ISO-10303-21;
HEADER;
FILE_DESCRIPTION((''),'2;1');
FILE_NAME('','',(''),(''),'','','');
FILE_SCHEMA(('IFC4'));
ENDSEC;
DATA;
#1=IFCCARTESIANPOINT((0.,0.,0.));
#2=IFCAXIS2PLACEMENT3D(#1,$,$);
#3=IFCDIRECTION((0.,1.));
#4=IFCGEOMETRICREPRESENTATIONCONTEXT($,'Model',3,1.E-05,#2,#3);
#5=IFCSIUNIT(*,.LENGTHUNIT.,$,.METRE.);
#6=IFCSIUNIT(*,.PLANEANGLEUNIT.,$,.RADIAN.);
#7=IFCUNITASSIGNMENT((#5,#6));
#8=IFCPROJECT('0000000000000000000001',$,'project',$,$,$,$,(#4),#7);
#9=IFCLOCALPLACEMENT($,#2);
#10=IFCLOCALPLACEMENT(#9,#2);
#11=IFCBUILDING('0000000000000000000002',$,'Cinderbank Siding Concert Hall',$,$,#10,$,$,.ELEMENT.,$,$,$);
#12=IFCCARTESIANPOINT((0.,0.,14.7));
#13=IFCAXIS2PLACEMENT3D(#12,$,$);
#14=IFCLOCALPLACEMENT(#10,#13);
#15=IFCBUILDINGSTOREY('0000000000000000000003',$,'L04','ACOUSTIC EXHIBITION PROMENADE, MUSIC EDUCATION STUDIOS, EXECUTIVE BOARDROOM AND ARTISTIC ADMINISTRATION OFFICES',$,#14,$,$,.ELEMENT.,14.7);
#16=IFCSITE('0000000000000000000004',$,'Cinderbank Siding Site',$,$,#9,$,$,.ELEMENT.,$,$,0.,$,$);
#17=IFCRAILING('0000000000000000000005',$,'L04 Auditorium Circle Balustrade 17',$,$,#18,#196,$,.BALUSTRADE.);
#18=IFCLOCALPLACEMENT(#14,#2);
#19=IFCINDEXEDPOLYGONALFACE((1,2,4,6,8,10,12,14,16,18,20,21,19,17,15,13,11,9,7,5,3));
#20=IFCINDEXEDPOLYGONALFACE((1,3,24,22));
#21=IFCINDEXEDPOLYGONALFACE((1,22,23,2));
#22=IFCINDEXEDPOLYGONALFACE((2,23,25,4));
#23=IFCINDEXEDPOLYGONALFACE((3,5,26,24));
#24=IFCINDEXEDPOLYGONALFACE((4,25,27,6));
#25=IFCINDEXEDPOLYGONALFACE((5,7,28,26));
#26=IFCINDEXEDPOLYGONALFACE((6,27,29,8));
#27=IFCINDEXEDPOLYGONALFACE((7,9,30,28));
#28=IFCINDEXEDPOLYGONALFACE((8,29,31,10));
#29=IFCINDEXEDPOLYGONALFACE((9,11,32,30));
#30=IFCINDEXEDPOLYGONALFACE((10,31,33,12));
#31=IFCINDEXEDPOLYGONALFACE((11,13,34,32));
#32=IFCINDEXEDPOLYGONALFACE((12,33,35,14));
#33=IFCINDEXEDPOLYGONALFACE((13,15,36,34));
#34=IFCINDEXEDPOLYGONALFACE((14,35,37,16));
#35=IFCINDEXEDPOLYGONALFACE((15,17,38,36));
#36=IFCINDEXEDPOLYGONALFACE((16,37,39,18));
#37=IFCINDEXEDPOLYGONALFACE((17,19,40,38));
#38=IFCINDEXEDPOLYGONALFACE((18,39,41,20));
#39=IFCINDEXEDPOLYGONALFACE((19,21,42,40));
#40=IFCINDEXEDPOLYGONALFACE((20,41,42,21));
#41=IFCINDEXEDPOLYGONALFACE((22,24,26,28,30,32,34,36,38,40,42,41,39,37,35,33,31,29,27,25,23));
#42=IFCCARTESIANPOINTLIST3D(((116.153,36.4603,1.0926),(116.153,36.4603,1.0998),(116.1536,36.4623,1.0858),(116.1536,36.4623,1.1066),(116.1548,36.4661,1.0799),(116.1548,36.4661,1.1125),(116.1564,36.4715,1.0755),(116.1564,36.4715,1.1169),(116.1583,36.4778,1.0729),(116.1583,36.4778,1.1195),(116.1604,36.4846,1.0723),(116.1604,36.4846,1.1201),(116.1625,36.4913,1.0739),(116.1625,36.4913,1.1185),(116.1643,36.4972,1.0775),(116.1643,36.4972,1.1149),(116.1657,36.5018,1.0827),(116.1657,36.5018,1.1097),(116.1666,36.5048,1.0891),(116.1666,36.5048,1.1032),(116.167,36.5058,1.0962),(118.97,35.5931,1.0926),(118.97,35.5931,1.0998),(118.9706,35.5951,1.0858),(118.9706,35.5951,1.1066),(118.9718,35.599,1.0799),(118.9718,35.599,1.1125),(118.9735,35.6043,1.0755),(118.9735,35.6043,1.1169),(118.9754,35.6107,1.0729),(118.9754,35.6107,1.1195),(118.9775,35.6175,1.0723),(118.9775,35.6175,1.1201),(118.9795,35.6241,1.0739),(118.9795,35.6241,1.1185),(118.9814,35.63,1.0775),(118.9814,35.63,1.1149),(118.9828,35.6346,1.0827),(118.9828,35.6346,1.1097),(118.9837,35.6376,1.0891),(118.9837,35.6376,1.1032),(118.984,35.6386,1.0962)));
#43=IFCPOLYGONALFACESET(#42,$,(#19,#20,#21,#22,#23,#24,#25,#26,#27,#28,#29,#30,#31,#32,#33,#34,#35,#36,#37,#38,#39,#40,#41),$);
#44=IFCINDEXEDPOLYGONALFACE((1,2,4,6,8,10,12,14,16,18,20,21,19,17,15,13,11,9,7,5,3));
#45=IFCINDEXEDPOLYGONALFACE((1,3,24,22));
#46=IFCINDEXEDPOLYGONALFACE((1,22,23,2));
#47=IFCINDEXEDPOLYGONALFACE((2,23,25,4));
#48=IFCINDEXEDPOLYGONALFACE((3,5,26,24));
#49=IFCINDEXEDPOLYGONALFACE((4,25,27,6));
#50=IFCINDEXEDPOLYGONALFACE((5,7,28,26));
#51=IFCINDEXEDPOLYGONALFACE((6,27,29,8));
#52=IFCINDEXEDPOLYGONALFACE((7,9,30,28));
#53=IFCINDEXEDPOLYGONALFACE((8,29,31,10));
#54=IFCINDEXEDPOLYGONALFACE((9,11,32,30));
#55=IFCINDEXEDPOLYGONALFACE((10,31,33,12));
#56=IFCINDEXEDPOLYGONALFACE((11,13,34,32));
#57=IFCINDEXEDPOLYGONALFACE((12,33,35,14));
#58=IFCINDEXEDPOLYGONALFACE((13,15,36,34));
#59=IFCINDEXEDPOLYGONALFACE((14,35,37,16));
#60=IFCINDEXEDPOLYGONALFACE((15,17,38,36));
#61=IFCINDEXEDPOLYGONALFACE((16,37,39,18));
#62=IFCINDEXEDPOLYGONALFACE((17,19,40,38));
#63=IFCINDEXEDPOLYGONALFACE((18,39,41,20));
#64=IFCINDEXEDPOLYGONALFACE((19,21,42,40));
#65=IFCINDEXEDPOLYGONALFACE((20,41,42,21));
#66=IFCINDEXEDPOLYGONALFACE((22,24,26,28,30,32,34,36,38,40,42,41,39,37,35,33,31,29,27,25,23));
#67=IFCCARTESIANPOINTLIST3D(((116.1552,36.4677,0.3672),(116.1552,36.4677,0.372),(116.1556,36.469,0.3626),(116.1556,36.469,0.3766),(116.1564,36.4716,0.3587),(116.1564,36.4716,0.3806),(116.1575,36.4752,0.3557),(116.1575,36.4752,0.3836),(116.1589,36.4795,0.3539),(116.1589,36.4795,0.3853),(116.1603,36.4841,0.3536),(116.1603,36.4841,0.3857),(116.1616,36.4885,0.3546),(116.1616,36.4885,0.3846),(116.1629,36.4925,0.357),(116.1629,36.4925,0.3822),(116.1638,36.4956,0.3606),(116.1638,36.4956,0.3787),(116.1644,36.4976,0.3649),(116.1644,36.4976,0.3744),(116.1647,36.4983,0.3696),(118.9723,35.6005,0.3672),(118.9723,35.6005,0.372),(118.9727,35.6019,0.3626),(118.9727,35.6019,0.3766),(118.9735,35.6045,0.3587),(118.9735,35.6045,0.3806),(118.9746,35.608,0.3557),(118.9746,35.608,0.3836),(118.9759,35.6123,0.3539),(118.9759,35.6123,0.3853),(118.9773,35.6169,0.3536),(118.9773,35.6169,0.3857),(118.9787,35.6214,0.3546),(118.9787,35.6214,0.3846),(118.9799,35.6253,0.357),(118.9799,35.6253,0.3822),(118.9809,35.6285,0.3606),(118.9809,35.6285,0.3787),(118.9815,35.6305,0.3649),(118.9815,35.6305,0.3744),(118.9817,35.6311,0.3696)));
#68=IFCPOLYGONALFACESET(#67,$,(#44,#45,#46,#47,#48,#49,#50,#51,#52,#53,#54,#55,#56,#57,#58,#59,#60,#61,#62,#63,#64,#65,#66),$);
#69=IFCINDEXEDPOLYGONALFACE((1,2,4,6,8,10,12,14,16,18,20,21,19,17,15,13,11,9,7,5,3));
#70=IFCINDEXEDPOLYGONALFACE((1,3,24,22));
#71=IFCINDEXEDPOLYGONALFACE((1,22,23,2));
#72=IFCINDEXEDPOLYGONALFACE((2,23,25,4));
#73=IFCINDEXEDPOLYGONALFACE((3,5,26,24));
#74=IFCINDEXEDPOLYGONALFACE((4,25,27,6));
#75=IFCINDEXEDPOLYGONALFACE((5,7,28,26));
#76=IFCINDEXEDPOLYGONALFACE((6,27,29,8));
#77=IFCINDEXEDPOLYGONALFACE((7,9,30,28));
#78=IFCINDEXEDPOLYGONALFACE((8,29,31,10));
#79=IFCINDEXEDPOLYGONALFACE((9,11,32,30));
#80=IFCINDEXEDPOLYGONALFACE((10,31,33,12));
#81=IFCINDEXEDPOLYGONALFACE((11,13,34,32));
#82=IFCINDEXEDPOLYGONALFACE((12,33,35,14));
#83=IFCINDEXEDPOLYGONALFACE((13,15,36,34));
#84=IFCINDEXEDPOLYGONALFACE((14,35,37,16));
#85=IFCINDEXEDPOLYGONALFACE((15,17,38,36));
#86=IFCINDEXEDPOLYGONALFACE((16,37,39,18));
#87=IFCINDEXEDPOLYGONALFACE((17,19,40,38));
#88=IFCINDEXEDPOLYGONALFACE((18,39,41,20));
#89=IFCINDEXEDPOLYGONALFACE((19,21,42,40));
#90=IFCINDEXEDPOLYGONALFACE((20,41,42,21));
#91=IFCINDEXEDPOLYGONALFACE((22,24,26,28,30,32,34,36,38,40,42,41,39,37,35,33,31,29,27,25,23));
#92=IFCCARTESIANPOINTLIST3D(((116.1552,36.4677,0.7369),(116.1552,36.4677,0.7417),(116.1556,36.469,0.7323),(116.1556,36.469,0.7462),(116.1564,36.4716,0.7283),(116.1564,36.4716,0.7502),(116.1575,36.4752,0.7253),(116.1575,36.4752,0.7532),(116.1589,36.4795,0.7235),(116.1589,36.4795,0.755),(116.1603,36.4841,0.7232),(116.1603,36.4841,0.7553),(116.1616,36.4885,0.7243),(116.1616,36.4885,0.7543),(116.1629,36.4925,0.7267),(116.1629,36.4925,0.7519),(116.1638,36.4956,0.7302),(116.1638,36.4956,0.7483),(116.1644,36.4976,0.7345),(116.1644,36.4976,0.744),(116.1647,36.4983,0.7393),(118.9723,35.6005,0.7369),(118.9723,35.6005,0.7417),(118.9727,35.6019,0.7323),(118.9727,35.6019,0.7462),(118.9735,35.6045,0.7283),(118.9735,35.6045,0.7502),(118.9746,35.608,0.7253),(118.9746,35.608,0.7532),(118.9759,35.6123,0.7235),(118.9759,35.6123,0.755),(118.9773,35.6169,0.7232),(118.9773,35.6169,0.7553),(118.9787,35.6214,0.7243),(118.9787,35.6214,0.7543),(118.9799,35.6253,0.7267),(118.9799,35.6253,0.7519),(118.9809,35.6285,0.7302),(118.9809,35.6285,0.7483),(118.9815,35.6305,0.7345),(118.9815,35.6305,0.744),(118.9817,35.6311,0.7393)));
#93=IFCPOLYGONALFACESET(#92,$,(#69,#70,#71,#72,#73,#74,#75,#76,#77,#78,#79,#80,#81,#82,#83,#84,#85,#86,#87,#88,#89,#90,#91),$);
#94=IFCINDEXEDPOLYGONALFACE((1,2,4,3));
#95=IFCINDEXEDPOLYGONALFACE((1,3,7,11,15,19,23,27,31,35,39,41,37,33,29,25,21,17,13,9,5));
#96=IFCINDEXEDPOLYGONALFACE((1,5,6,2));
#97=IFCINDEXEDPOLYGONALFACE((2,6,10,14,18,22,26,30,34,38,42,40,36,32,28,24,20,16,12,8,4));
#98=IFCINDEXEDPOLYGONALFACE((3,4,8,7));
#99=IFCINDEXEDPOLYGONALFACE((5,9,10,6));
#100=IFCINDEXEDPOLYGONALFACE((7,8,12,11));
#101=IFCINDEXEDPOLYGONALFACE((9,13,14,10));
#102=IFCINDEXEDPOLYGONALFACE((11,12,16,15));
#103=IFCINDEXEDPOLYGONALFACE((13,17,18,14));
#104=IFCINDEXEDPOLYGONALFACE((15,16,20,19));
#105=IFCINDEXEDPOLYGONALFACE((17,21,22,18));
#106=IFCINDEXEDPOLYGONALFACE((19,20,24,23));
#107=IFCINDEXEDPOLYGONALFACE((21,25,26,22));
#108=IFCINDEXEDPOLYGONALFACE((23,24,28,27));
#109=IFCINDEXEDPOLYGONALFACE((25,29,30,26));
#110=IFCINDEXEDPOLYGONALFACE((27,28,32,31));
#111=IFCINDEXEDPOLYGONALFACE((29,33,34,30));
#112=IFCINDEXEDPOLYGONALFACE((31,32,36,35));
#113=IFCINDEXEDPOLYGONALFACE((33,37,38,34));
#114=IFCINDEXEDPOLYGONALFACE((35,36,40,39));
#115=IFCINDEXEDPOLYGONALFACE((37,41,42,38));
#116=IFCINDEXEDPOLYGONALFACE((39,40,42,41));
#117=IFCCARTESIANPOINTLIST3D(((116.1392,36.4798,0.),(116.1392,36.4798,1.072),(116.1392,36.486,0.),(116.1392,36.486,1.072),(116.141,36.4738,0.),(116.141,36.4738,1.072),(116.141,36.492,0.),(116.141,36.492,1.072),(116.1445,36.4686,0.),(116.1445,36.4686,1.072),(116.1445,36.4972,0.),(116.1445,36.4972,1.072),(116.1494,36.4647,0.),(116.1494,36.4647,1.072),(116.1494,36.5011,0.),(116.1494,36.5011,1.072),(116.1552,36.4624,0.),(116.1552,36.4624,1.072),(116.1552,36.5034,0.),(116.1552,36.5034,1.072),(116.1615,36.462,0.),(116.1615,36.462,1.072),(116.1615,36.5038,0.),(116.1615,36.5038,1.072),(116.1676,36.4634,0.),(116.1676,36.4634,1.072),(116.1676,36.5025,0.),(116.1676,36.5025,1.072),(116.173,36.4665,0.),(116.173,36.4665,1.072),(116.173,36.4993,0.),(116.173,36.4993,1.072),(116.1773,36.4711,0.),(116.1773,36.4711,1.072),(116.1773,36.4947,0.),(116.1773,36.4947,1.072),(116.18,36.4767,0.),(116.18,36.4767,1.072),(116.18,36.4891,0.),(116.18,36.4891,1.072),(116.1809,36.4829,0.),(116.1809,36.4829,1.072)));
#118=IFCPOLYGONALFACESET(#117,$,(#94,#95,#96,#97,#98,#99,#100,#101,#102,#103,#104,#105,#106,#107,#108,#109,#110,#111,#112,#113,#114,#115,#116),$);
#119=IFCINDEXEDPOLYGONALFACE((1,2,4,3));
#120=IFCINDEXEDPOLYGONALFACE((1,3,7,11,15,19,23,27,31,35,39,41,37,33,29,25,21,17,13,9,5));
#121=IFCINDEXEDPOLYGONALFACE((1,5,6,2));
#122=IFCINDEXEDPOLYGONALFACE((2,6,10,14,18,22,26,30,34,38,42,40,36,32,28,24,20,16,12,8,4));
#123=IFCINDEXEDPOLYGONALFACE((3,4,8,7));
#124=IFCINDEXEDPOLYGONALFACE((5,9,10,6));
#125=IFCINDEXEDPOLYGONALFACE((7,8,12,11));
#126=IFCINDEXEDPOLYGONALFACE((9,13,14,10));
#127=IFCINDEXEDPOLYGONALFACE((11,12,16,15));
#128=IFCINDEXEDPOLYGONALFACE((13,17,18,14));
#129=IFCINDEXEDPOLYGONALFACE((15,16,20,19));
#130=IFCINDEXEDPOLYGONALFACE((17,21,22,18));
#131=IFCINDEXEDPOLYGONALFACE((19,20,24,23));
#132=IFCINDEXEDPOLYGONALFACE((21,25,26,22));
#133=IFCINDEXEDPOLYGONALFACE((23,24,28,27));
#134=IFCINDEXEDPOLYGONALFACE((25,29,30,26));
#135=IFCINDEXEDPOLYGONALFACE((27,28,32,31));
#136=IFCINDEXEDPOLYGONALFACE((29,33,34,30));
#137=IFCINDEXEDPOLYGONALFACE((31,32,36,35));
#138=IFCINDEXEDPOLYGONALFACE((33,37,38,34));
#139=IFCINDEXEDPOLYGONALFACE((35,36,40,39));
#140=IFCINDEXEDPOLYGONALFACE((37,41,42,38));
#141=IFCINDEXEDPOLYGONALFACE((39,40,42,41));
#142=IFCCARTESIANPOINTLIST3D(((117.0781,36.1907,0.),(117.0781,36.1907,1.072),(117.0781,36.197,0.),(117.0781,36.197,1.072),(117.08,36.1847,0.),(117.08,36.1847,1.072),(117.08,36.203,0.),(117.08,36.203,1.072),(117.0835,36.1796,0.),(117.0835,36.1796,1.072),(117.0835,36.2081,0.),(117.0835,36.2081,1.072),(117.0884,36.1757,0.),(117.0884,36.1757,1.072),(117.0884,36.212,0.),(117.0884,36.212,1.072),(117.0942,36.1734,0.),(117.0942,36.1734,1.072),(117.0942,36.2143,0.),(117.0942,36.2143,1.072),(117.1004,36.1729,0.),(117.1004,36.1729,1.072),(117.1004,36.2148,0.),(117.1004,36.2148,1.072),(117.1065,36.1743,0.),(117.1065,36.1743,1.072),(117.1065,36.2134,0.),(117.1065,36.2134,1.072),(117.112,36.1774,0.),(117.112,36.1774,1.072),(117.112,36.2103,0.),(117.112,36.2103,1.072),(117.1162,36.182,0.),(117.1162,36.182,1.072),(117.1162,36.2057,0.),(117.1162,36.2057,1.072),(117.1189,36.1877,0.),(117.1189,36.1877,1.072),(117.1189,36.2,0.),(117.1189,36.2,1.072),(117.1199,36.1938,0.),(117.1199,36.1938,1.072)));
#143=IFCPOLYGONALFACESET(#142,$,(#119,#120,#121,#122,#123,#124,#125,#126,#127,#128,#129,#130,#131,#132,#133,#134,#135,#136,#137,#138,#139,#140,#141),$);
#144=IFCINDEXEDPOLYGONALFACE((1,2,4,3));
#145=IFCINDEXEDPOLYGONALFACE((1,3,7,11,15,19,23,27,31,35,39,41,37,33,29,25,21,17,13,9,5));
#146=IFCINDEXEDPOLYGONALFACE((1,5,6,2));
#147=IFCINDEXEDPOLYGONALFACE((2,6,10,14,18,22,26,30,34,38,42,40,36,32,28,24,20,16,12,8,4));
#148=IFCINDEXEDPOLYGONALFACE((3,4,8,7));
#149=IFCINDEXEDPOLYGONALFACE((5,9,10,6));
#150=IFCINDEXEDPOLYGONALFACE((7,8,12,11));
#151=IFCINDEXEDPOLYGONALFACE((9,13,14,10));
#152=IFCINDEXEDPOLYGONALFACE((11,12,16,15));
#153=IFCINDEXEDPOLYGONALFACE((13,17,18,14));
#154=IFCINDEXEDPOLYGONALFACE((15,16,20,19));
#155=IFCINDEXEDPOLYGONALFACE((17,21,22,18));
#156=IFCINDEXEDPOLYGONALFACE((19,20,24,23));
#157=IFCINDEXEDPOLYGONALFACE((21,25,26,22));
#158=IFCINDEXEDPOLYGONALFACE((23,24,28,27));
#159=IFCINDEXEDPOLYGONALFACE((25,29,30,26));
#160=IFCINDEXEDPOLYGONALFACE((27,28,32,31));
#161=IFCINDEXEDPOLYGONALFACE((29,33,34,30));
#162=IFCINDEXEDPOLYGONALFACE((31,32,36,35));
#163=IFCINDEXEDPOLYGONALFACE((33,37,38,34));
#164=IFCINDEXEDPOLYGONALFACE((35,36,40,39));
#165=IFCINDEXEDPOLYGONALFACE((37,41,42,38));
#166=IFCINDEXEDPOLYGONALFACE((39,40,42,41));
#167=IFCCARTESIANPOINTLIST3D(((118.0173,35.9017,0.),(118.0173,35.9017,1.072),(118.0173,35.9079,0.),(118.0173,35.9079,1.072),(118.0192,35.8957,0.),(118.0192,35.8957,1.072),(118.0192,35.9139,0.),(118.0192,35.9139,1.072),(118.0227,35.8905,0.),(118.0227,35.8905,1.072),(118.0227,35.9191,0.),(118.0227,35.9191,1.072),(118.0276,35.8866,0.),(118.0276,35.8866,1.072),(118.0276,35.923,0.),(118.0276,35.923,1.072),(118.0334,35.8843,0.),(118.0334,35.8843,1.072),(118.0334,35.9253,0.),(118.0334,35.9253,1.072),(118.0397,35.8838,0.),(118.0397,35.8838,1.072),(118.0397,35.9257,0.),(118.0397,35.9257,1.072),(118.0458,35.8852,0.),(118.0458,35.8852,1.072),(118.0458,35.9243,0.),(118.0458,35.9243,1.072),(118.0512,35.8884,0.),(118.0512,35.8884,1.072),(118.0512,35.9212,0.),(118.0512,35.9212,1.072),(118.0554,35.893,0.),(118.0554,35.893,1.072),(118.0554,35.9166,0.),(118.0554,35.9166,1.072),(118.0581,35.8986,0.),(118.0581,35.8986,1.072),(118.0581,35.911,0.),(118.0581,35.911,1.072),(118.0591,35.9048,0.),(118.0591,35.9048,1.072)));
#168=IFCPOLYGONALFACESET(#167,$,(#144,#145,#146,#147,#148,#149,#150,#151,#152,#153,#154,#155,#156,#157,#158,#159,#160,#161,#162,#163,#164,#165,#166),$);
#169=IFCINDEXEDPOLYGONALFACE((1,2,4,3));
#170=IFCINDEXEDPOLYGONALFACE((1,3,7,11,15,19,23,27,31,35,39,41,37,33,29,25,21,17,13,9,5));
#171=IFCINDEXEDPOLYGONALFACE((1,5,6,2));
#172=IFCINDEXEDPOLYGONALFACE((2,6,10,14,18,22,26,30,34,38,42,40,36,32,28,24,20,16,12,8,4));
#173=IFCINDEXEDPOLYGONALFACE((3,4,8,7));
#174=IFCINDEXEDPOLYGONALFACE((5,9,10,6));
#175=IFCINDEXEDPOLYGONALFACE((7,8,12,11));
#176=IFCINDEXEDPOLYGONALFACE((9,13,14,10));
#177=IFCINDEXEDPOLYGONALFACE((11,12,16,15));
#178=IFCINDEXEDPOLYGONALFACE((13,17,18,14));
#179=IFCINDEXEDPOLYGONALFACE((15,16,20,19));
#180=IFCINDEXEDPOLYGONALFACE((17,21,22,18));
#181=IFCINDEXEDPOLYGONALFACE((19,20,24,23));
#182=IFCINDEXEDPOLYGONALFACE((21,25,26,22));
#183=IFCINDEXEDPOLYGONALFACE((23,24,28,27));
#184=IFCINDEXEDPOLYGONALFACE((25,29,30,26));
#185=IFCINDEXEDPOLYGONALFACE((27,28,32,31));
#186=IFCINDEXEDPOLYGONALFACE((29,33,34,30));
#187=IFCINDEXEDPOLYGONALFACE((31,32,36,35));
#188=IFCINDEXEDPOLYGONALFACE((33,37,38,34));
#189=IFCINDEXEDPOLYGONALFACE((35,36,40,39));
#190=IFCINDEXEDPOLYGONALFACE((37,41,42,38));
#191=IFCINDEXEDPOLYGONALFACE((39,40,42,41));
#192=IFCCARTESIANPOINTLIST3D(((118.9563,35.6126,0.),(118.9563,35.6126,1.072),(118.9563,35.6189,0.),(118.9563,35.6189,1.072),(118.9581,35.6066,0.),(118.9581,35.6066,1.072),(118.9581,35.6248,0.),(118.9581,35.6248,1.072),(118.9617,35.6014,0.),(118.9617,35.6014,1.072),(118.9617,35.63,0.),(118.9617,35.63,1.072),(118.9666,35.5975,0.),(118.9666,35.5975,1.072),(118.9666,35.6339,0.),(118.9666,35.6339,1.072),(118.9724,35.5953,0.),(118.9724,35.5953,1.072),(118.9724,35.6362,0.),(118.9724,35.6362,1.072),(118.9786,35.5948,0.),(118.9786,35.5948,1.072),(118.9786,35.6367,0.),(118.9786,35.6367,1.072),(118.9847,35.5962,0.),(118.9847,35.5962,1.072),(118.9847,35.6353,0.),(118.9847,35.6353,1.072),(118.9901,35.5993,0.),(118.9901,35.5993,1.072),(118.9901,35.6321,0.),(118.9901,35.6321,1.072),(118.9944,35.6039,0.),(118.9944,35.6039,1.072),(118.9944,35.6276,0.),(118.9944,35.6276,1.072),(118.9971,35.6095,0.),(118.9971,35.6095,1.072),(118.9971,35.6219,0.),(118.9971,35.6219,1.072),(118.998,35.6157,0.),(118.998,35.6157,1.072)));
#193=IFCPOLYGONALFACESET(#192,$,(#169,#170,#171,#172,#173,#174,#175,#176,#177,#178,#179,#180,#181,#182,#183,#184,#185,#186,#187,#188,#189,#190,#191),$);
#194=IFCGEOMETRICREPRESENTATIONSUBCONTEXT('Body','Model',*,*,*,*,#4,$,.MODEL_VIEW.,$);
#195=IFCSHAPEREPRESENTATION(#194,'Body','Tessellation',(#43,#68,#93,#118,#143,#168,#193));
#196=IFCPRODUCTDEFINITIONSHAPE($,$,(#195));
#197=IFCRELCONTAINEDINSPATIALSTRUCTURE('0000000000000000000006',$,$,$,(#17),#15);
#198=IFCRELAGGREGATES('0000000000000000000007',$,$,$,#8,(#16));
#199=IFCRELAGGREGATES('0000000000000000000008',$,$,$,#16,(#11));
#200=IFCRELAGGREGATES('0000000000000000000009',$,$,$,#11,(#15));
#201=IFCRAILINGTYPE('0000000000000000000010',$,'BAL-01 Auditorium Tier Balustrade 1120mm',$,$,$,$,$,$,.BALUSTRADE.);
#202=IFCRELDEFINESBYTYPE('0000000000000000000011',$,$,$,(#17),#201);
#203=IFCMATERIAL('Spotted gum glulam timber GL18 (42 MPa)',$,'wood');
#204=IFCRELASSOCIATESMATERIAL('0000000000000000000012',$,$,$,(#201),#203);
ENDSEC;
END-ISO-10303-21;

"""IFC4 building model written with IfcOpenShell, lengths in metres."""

from ifc_helpers import new_model, si_unit, direction, frame, origin, origin_2d, place, context, subcontext, project, spatial, circle, extrude, material, type_object, element, save


model = new_model("IFC4")

# Units and contexts
model_context = context("Model", 3, precision=1e-05, world=origin(), true_north=direction((0.0, 1.0)))
body_context = subcontext(model_context, "Body", "Model", "MODEL_VIEW")
ifc_project = project(units=[si_unit("LENGTHUNIT", "METRE"), si_unit("PLANEANGLEUNIT", "RADIAN")], contexts=[model_context])

# Site, building, storey
site_placement = place(None, origin())
site = spatial("IfcSite", under=ifc_project, at=site_placement, Name="Cinderbank Siding Site", CompositionType="ELEMENT", RefElevation=0.0)
building_placement = place(site_placement, origin())
building = spatial("IfcBuilding", under=site, at=building_placement, Name="Cinderbank Siding Concert Hall", CompositionType="ELEMENT")
storey_placement = place(building_placement, frame((0.0, 0.0, 14.7)))
storey = spatial("IfcBuildingStorey", under=building, at=storey_placement, Name="L04", Description="ACOUSTIC EXHIBITION PROMENADE, MUSIC EDUCATION STUDIOS, EXECUTIVE BOARDROOM AND ARTISTIC ADMINISTRATION OFFICES", CompositionType="ELEMENT", Elevation=14.7)

# Shared definitions
ifc_material_1 = material(Name="Spotted gum glulam timber GL18 (42 MPa)", Category="wood")

# Railing
railing_type = type_object("IfcRailingType", Name="BAL-01 Auditorium Tier Balustrade 1120mm", PredefinedType="BALUSTRADE", material=ifc_material_1)
railing_1_placement = place(storey_placement, frame((116.1599, 36.4829, 0.0)))
element("IfcRailing", 1, at=railing_1_placement, inside=storey, type_object=railing_type, Name="L04 Auditorium Circle Balustrade 17", PredefinedType="BALUSTRADE", context=body_context, shape_type="SweptSolid", body=[
    extrude(circle(Radius=0.0239, at=origin_2d()), frame((0.0, 0.0, 1.0962), z_axis=(0.955743, -0.294202, 0.0), x_axis=(0.294202, 0.955743, 0.0)), (0.0, 0.0, 1.0), 2.9475),
    extrude(circle(Radius=0.0161, at=origin_2d()), frame((0.0, 0.0, 0.3696), z_axis=(0.955743, -0.294202, 0.0), x_axis=(0.294202, 0.955743, 0.0)), (0.0, 0.0, 1.0), 2.9475),
    extrude(circle(Radius=0.0161, at=origin_2d()), frame((0.0, 0.0, 0.7393), z_axis=(0.955743, -0.294202, 0.0), x_axis=(0.294202, 0.955743, 0.0)), (0.0, 0.0, 1.0), 2.9475),
    extrude(circle(Radius=0.021, at=origin_2d()), origin(), (0.0, 0.0, 1.0), 1.072),
    extrude(circle(Radius=0.021, at=origin_2d()), frame((0.939, -0.2891, 0.0)), (0.0, 0.0, 1.0), 1.072),
    extrude(circle(Radius=0.021, at=origin_2d()), frame((1.8782, -0.5781, 0.0)), (0.0, 0.0, 1.0), 1.072),
    extrude(circle(Radius=0.021, at=origin_2d()), frame((2.8171, -0.8672, 0.0)), (0.0, 0.0, 1.0), 1.072),
])

save(model, "model.ifc")
